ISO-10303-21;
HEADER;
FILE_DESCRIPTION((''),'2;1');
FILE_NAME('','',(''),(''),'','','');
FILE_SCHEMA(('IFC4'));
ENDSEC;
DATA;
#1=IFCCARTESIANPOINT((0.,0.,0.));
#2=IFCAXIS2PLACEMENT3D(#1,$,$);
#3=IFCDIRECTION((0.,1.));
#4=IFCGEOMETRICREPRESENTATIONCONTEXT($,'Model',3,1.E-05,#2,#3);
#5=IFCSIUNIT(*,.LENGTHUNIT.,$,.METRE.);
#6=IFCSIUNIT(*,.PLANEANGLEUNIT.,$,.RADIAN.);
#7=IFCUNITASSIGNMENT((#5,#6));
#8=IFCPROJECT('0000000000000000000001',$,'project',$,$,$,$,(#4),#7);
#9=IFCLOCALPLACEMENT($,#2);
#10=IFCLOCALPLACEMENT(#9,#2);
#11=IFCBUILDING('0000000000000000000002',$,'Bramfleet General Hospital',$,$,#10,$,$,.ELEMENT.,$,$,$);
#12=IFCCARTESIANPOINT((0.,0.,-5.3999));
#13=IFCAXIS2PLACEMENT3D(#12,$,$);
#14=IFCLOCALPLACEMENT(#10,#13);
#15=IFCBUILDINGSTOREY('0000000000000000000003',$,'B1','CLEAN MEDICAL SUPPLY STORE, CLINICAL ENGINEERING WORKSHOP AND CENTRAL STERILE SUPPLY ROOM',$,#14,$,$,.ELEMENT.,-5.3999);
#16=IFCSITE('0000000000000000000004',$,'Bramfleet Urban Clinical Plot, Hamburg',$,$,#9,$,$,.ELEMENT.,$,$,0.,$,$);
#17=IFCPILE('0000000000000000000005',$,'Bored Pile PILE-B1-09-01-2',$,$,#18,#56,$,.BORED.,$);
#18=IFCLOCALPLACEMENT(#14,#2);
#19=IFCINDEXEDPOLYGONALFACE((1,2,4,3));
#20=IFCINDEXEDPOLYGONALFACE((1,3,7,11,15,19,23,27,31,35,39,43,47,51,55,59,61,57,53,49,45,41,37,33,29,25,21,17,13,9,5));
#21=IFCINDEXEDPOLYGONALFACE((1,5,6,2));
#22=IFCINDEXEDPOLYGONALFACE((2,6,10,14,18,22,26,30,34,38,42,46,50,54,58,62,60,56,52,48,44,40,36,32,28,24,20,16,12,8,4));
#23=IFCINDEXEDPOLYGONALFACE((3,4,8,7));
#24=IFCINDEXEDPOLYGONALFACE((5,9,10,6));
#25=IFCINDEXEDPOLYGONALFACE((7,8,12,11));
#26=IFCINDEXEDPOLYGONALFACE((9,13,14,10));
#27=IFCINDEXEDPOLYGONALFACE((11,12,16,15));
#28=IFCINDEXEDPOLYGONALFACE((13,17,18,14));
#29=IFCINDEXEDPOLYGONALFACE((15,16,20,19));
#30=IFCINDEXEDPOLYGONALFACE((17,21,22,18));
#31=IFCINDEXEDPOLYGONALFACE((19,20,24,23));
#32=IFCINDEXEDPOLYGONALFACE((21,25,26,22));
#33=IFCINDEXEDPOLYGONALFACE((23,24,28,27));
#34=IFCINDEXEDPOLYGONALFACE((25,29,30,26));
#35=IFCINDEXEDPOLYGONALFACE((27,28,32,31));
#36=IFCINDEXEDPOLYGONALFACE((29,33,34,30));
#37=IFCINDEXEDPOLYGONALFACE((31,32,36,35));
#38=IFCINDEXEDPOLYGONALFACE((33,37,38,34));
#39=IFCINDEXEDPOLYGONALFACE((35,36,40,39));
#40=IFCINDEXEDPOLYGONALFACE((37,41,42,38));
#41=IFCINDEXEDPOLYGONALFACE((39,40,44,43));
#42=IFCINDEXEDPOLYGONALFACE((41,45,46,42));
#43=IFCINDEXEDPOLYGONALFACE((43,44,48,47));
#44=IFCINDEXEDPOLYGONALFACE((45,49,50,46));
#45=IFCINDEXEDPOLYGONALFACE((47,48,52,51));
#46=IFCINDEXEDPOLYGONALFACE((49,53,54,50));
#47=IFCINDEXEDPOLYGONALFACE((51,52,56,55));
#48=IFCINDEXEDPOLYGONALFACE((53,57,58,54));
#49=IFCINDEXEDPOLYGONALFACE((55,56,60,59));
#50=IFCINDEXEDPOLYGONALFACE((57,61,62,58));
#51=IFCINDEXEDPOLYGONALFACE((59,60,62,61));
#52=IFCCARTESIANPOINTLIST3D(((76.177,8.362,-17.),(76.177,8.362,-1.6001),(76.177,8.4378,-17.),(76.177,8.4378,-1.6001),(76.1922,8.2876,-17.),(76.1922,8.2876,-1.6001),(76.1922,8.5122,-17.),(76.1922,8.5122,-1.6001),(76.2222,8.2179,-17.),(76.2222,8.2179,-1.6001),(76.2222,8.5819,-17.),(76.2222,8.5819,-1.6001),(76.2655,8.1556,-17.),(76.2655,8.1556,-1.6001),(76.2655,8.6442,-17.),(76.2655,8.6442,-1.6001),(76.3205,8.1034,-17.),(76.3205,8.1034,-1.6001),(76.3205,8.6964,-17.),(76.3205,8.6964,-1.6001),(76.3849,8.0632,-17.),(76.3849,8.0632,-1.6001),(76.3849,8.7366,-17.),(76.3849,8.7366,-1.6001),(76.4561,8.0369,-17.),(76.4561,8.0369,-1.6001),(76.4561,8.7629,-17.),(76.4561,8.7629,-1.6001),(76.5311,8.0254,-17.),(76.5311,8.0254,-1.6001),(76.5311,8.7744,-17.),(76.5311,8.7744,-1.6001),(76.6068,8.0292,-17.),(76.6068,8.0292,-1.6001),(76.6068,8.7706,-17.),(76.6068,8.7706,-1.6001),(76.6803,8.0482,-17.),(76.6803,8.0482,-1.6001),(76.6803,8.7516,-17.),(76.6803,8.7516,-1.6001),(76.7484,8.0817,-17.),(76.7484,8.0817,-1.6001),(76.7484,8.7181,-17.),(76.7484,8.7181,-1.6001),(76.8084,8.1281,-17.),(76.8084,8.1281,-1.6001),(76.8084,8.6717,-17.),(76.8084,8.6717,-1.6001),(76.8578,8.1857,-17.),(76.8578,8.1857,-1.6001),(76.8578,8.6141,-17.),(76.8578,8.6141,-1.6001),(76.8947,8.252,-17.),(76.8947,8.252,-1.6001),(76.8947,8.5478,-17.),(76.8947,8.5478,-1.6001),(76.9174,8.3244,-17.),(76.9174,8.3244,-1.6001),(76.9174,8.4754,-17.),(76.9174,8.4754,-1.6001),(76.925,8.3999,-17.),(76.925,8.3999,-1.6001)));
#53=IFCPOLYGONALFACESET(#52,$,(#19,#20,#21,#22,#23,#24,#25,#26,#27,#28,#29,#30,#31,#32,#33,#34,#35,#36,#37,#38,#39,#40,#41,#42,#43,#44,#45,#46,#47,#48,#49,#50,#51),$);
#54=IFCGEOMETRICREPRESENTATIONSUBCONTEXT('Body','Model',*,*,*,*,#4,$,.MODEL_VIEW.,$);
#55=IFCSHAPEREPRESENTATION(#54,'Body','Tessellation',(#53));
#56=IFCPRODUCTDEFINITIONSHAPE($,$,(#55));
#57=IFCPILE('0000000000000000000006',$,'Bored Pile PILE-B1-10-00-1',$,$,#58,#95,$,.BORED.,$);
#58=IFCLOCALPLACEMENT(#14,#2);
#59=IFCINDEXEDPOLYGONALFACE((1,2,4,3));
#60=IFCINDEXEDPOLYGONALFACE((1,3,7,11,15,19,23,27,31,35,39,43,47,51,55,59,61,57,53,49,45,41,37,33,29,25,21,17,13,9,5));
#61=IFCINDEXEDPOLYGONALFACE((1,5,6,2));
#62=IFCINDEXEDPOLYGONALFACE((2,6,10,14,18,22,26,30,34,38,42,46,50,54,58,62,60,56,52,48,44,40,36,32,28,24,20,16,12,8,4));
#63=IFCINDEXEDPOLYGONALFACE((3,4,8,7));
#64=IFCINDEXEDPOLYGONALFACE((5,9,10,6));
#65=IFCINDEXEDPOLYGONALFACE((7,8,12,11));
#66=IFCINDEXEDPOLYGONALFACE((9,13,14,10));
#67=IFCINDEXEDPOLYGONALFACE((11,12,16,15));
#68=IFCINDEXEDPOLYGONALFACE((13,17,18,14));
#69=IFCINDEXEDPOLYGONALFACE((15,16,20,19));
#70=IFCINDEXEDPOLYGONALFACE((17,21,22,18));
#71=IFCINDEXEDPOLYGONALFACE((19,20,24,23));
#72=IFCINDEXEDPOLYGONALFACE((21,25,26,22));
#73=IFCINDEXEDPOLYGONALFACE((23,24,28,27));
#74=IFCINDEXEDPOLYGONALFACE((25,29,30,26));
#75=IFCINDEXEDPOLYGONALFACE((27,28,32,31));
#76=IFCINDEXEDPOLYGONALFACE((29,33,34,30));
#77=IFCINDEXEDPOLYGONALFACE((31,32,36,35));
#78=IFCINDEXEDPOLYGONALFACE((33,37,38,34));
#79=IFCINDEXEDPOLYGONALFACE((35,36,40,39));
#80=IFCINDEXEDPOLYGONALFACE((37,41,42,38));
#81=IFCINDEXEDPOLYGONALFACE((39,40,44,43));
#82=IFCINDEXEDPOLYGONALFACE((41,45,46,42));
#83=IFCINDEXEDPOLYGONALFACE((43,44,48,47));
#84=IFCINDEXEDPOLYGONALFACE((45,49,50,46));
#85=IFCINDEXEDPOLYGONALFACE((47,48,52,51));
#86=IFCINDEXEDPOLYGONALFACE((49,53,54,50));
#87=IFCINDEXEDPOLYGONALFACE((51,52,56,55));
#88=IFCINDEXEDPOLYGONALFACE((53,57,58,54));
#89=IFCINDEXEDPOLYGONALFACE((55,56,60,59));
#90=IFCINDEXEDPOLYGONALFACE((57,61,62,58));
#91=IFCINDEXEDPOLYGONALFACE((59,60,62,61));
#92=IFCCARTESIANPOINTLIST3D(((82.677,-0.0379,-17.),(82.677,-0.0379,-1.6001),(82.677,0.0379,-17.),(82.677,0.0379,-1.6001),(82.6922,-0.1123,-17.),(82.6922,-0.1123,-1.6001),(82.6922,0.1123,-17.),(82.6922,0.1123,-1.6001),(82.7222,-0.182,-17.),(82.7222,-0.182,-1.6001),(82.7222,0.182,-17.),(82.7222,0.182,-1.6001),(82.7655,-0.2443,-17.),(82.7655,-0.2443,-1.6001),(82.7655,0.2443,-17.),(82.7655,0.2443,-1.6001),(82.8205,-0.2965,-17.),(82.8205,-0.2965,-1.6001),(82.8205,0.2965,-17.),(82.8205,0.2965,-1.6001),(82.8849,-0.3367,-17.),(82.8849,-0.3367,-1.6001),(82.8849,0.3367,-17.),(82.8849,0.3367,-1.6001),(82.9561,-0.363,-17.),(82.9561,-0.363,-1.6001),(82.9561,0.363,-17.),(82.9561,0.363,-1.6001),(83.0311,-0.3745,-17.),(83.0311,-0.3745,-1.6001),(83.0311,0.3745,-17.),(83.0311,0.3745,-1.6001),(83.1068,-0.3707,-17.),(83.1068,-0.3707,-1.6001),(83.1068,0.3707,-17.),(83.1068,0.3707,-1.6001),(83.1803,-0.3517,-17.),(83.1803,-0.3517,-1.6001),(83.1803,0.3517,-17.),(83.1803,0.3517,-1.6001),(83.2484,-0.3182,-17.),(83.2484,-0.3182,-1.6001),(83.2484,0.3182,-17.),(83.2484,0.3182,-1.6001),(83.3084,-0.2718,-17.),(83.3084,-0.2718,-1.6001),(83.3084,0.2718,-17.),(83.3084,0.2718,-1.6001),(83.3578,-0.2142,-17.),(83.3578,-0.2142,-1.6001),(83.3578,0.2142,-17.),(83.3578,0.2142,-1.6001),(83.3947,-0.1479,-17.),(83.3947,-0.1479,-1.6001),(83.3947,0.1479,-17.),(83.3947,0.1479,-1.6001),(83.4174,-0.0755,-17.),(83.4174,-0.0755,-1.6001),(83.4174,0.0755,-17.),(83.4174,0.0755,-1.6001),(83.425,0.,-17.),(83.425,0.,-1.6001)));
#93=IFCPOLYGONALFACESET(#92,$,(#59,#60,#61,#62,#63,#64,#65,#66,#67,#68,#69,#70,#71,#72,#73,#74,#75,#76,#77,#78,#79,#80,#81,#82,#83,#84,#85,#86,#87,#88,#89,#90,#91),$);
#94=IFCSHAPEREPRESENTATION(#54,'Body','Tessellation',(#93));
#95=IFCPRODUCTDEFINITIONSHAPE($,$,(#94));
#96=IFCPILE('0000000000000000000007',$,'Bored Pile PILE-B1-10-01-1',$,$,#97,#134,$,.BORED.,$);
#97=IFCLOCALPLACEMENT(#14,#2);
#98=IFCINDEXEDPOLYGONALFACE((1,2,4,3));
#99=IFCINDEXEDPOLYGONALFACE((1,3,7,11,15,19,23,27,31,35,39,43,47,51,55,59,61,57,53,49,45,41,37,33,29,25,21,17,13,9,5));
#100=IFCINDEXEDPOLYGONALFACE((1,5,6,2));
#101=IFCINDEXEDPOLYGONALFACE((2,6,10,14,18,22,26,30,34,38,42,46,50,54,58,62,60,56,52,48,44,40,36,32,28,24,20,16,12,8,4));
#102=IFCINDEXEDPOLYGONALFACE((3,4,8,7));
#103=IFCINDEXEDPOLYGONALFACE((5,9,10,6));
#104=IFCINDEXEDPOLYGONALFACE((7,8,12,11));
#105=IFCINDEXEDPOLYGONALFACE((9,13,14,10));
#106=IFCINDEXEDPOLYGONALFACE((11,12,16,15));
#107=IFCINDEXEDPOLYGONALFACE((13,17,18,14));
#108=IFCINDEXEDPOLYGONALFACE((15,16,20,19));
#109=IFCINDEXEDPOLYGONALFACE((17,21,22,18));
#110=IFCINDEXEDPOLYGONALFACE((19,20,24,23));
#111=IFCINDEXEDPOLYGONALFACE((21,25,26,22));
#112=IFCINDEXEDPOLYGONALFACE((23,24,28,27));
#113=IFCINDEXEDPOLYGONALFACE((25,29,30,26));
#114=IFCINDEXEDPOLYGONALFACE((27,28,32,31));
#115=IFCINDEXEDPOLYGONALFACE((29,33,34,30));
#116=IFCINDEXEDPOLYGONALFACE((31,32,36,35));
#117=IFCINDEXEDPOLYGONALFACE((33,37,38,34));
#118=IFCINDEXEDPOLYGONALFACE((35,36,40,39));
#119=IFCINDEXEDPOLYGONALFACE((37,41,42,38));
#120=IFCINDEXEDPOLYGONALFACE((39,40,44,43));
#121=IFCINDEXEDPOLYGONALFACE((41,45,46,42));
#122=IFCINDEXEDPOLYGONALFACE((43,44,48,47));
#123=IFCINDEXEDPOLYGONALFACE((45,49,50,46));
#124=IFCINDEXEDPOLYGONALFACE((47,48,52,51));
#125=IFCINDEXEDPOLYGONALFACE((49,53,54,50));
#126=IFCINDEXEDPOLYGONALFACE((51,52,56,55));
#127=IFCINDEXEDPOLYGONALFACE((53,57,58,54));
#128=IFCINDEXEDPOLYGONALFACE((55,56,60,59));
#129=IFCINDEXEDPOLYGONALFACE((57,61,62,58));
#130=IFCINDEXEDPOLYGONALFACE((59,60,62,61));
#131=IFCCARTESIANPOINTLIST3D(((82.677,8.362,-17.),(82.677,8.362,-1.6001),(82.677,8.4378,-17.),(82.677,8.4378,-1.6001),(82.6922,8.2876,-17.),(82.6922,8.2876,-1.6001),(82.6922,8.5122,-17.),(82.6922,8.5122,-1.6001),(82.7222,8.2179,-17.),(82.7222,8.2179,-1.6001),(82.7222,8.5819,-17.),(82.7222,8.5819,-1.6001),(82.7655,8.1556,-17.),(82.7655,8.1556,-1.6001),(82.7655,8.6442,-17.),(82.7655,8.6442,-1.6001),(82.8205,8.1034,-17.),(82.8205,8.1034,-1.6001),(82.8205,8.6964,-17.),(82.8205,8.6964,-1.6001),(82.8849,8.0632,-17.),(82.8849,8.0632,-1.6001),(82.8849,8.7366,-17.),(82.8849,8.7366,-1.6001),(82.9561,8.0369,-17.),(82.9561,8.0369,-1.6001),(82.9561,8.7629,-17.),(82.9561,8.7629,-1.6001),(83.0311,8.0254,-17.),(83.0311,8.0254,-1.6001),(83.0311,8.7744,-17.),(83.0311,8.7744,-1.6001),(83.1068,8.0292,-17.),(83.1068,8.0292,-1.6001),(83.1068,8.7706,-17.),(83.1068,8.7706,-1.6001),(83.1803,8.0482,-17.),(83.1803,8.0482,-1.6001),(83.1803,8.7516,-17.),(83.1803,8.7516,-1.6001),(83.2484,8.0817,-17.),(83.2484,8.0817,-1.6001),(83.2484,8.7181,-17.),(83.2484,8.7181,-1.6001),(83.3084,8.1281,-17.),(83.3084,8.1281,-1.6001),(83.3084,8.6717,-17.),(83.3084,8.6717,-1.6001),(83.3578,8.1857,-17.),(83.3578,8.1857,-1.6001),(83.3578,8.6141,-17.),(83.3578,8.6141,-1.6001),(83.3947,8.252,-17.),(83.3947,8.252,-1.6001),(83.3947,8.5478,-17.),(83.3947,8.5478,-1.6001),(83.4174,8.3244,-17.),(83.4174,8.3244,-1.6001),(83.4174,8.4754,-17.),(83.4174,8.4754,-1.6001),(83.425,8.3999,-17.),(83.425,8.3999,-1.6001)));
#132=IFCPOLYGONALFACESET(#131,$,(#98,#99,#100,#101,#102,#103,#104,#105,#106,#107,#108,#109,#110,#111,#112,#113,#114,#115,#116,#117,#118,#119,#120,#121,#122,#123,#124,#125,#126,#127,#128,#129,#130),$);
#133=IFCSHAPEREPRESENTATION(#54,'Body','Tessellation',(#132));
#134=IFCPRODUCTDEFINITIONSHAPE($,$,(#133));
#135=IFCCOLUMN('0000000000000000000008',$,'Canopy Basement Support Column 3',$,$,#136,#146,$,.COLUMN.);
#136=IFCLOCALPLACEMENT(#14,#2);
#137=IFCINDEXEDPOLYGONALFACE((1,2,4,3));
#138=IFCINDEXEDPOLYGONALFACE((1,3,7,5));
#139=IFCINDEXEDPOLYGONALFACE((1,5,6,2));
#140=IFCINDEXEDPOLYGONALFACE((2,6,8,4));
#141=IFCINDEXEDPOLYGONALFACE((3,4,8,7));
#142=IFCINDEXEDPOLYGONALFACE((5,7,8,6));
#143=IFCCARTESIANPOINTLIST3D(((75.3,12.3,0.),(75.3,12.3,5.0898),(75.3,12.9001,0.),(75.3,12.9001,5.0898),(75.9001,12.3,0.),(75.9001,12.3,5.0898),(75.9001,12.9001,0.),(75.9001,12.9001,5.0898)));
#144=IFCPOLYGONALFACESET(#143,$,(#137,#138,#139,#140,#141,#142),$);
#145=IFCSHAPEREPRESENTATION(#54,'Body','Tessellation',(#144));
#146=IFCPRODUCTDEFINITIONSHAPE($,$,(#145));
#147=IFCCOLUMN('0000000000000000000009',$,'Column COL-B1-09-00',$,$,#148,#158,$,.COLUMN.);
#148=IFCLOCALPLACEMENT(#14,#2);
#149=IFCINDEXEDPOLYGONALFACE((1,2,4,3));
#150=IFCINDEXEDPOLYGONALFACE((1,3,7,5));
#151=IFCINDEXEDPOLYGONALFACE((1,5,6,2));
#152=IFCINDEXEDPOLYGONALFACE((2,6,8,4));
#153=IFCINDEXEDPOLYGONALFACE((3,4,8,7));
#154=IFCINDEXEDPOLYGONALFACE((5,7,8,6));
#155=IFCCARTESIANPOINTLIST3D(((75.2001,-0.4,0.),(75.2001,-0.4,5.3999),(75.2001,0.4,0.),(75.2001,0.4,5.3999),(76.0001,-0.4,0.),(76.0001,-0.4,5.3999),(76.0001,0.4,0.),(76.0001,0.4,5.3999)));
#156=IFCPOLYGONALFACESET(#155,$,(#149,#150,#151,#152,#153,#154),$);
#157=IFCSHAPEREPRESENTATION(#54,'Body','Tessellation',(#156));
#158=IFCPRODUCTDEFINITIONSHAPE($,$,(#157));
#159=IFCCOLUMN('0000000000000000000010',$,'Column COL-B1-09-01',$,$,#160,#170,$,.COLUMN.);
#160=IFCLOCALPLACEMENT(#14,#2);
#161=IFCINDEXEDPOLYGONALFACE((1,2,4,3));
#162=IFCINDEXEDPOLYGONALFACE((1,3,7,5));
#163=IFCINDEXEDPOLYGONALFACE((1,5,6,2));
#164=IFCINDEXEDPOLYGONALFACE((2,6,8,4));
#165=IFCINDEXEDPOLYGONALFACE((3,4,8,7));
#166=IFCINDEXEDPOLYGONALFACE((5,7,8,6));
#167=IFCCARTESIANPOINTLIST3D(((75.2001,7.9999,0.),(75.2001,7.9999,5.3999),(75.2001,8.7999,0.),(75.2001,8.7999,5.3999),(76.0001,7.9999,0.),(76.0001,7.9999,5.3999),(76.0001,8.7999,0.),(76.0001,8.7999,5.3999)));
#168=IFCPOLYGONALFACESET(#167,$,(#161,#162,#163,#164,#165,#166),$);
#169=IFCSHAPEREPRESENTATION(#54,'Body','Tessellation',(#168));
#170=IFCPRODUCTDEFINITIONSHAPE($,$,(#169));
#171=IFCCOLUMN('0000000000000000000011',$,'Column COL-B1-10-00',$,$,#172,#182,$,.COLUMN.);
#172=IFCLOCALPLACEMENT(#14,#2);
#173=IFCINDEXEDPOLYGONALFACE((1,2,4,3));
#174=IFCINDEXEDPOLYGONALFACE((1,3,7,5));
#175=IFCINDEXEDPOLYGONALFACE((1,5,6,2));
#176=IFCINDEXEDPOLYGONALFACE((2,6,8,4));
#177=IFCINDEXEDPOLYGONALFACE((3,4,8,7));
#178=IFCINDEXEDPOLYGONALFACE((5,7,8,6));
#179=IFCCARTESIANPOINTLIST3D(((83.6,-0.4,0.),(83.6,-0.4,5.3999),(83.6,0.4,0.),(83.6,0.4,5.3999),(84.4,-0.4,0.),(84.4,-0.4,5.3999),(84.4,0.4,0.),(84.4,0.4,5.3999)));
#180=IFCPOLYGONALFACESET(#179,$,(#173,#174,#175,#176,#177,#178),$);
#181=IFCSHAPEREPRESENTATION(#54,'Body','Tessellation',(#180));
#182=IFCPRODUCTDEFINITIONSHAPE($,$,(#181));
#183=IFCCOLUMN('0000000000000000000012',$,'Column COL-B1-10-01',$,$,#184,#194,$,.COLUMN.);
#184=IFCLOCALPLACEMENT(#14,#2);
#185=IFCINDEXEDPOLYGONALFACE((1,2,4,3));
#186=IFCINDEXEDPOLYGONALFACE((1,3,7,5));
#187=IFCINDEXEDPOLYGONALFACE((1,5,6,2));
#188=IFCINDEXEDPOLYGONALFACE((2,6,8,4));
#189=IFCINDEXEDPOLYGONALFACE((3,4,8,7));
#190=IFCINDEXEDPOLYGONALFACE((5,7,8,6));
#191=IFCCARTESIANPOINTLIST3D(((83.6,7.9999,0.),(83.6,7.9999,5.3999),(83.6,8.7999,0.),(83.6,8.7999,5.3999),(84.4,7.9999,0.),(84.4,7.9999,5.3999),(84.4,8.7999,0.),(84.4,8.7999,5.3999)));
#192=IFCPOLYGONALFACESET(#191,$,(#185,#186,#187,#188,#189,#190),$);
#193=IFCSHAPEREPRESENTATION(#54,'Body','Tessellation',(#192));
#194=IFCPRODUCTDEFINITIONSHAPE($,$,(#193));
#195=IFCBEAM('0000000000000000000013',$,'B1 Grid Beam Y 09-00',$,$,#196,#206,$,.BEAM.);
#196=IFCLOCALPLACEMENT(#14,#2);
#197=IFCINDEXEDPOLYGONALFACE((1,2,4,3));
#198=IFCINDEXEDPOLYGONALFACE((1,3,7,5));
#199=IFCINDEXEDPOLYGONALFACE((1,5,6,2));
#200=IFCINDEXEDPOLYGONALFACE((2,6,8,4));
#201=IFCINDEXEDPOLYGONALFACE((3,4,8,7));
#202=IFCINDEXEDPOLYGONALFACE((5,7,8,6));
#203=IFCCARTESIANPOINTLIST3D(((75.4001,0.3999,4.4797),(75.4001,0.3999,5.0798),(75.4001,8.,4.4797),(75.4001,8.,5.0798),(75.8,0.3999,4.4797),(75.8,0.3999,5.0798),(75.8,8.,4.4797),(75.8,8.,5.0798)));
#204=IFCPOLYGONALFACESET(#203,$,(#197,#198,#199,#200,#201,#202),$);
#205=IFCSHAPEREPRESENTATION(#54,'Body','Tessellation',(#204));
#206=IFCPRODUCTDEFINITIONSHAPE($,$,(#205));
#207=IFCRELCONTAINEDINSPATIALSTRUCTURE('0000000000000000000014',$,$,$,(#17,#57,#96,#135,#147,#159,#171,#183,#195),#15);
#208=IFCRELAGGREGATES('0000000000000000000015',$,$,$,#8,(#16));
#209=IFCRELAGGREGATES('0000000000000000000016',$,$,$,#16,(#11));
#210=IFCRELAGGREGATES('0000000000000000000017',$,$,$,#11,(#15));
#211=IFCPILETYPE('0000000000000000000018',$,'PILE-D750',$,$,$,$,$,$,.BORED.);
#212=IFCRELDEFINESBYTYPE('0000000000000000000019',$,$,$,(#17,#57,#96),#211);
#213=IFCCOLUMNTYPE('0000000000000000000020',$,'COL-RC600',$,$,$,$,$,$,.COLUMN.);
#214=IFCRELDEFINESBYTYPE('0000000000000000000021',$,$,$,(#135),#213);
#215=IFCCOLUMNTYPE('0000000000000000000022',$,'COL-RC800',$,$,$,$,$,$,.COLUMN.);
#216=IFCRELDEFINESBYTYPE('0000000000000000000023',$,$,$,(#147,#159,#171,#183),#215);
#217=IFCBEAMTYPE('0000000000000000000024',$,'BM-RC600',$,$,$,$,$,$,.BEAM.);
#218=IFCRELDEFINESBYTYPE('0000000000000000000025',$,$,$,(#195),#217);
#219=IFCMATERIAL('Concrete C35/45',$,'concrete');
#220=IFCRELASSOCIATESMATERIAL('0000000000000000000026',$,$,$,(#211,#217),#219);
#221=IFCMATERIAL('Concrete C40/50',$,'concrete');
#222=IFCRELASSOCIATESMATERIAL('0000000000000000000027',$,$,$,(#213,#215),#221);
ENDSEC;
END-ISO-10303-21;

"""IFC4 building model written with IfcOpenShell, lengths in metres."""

from ifc_helpers import new_model, si_unit, direction, frame, origin, origin_2d, place, context, subcontext, project, spatial, rectangle, circle, extrude, material, material_profile, profile_set, type_object, element, save


model = new_model("IFC4")

# Units and contexts
model_context = context("Model", 3, precision=1e-05, world=origin(), true_north=direction((0.0, 1.0)))
body_context = subcontext(model_context, "Body", "Model", "MODEL_VIEW")
ifc_project = project(units=[si_unit("LENGTHUNIT", "METRE"), si_unit("PLANEANGLEUNIT", "RADIAN")], contexts=[model_context])

# Site, building, storey
site_placement = place(None, origin())
site = spatial("IfcSite", under=ifc_project, at=site_placement, Name="Bramfleet Urban Clinical Plot, Hamburg", CompositionType="ELEMENT", RefElevation=0.0)
building_placement = place(site_placement, origin())
building = spatial("IfcBuilding", under=site, at=building_placement, Name="Bramfleet General Hospital", CompositionType="ELEMENT")
storey_placement = place(building_placement, frame((0.0, 0.0, -5.3999)))
storey = spatial("IfcBuildingStorey", under=building, at=storey_placement, Name="B1", Description="CLEAN MEDICAL SUPPLY STORE, CLINICAL ENGINEERING WORKSHOP AND CENTRAL STERILE SUPPLY ROOM", CompositionType="ELEMENT", Elevation=-5.3999)

# Shared definitions
ifc_material_1 = material(Name="Concrete C35/45", Category="concrete")

# Piles
ifc_material_profile_1 = material_profile(ifc_material_1, circle(Radius=0.375, at=origin_2d()), Name="PILE BORED D750")
ifc_profile_set_1 = profile_set([ifc_material_profile_1], Name="Concrete C35/45")
pile_type = type_object("IfcPileType", Name="PILE-D750", PredefinedType="BORED", material=ifc_profile_set_1)
for number, where, z_axis, x_axis, name in (
    (1, (76.55, 8.3999, -1.6001), (0.0, 0.0, -1.0), (1.0, 0.0, 0.0), "Bored Pile PILE-B1-09-01-2"),
    (2, (83.05, 0.0, -1.6001), (0.0, 0.0, -1.0), (1.0, 0.0, 0.0), "Bored Pile PILE-B1-10-00-1"),
    (3, (83.05, 8.3999, -1.6001), (0.0, 0.0, -1.0), (1.0, 0.0, 0.0), "Bored Pile PILE-B1-10-01-1"),
):
    element("IfcPile", number, at=place(storey_placement, frame(where, z_axis=z_axis, x_axis=x_axis)), inside=storey, type_object=pile_type, Name=name, PredefinedType="BORED", context=body_context, shape_type="SweptSolid", body=[
        extrude(circle(Radius=0.375, at=origin_2d()), origin(), (0.0, 0.0, 1.0), 15.3999),
    ])

# Columns
ifc_material_2 = material(Name="Concrete C40/50", Category="concrete")
ifc_material_profile_2 = material_profile(ifc_material_2, rectangle(XDim=0.6001, YDim=0.6001, at=origin_2d()), Name="RC COL 600x600")
ifc_profile_set_2 = profile_set([ifc_material_profile_2], Name="Concrete C40/50")
column_type_1 = type_object("IfcColumnType", Name="COL-RC600", PredefinedType="COLUMN", material=ifc_profile_set_2)
column_placement = place(storey_placement, frame((75.6001, 12.6001, 0.0), z_axis=(0.0, 0.0, 1.0), x_axis=(1.0, 0.0, 0.0)))
element("IfcColumn", 4, at=column_placement, inside=storey, type_object=column_type_1, Name="Canopy Basement Support Column 3", PredefinedType="COLUMN", context=body_context, shape_type="SweptSolid", body=[
    extrude(rectangle(XDim=0.6001, YDim=0.6001, at=origin_2d()), origin(), (0.0, 0.0, 1.0), 5.0898),
])
ifc_material_profile_3 = material_profile(ifc_material_2, rectangle(XDim=0.8, YDim=0.8, at=origin_2d()), Name="RC COL 800x800")
ifc_profile_set_3 = profile_set([ifc_material_profile_3], Name="Concrete C40/50")
column_type_2 = type_object("IfcColumnType", Name="COL-RC800", PredefinedType="COLUMN", material=ifc_profile_set_3)
for number, where, z_axis, x_axis, name in (
    (5, (75.6001, 0.0, 0.0), (0.0, 0.0, 1.0), (1.0, 0.0, 0.0), "Column COL-B1-09-00"),
    (6, (75.6001, 8.3999, 0.0), (0.0, 0.0, 1.0), (1.0, 0.0, 0.0), "Column COL-B1-09-01"),
    (7, (84.0, 0.0, 0.0), (0.0, 0.0, 1.0), (1.0, 0.0, 0.0), "Column COL-B1-10-00"),
    (8, (84.0, 8.3999, 0.0), (0.0, 0.0, 1.0), (1.0, 0.0, 0.0), "Column COL-B1-10-01"),
):
    element("IfcColumn", number, at=place(storey_placement, frame(where, z_axis=z_axis, x_axis=x_axis)), inside=storey, type_object=column_type_2, Name=name, PredefinedType="COLUMN", context=body_context, shape_type="SweptSolid", body=[
        extrude(rectangle(XDim=0.8, YDim=0.8, at=origin_2d()), origin(), (0.0, 0.0, 1.0), 5.3999),
    ])

# Beam
ifc_material_profile_4 = material_profile(ifc_material_1, rectangle(XDim=0.3999, YDim=0.6001, at=origin_2d()), Name="RC BM 600x400")
ifc_profile_set_4 = profile_set([ifc_material_profile_4], Name="Concrete C35/45")
beam_type_1 = type_object("IfcBeamType", Name="BM-RC600", PredefinedType="BEAM", material=ifc_profile_set_4)
beam_1_placement = place(storey_placement, frame((75.6001, 0.3999, 4.7798), z_axis=(0.0, 1.0, 0.0), x_axis=(-1.0, 0.0, 0.0)))
element("IfcBeam", 9, at=beam_1_placement, inside=storey, type_object=beam_type_1, Name="B1 Grid Beam Y 09-00", PredefinedType="BEAM", context=body_context, shape_type="SweptSolid", body=[
    extrude(rectangle(XDim=0.3999, YDim=0.6001, at=origin_2d()), origin(), (0.0, 0.0, 1.0), 7.6001),
])

save(model, "model.ifc")
